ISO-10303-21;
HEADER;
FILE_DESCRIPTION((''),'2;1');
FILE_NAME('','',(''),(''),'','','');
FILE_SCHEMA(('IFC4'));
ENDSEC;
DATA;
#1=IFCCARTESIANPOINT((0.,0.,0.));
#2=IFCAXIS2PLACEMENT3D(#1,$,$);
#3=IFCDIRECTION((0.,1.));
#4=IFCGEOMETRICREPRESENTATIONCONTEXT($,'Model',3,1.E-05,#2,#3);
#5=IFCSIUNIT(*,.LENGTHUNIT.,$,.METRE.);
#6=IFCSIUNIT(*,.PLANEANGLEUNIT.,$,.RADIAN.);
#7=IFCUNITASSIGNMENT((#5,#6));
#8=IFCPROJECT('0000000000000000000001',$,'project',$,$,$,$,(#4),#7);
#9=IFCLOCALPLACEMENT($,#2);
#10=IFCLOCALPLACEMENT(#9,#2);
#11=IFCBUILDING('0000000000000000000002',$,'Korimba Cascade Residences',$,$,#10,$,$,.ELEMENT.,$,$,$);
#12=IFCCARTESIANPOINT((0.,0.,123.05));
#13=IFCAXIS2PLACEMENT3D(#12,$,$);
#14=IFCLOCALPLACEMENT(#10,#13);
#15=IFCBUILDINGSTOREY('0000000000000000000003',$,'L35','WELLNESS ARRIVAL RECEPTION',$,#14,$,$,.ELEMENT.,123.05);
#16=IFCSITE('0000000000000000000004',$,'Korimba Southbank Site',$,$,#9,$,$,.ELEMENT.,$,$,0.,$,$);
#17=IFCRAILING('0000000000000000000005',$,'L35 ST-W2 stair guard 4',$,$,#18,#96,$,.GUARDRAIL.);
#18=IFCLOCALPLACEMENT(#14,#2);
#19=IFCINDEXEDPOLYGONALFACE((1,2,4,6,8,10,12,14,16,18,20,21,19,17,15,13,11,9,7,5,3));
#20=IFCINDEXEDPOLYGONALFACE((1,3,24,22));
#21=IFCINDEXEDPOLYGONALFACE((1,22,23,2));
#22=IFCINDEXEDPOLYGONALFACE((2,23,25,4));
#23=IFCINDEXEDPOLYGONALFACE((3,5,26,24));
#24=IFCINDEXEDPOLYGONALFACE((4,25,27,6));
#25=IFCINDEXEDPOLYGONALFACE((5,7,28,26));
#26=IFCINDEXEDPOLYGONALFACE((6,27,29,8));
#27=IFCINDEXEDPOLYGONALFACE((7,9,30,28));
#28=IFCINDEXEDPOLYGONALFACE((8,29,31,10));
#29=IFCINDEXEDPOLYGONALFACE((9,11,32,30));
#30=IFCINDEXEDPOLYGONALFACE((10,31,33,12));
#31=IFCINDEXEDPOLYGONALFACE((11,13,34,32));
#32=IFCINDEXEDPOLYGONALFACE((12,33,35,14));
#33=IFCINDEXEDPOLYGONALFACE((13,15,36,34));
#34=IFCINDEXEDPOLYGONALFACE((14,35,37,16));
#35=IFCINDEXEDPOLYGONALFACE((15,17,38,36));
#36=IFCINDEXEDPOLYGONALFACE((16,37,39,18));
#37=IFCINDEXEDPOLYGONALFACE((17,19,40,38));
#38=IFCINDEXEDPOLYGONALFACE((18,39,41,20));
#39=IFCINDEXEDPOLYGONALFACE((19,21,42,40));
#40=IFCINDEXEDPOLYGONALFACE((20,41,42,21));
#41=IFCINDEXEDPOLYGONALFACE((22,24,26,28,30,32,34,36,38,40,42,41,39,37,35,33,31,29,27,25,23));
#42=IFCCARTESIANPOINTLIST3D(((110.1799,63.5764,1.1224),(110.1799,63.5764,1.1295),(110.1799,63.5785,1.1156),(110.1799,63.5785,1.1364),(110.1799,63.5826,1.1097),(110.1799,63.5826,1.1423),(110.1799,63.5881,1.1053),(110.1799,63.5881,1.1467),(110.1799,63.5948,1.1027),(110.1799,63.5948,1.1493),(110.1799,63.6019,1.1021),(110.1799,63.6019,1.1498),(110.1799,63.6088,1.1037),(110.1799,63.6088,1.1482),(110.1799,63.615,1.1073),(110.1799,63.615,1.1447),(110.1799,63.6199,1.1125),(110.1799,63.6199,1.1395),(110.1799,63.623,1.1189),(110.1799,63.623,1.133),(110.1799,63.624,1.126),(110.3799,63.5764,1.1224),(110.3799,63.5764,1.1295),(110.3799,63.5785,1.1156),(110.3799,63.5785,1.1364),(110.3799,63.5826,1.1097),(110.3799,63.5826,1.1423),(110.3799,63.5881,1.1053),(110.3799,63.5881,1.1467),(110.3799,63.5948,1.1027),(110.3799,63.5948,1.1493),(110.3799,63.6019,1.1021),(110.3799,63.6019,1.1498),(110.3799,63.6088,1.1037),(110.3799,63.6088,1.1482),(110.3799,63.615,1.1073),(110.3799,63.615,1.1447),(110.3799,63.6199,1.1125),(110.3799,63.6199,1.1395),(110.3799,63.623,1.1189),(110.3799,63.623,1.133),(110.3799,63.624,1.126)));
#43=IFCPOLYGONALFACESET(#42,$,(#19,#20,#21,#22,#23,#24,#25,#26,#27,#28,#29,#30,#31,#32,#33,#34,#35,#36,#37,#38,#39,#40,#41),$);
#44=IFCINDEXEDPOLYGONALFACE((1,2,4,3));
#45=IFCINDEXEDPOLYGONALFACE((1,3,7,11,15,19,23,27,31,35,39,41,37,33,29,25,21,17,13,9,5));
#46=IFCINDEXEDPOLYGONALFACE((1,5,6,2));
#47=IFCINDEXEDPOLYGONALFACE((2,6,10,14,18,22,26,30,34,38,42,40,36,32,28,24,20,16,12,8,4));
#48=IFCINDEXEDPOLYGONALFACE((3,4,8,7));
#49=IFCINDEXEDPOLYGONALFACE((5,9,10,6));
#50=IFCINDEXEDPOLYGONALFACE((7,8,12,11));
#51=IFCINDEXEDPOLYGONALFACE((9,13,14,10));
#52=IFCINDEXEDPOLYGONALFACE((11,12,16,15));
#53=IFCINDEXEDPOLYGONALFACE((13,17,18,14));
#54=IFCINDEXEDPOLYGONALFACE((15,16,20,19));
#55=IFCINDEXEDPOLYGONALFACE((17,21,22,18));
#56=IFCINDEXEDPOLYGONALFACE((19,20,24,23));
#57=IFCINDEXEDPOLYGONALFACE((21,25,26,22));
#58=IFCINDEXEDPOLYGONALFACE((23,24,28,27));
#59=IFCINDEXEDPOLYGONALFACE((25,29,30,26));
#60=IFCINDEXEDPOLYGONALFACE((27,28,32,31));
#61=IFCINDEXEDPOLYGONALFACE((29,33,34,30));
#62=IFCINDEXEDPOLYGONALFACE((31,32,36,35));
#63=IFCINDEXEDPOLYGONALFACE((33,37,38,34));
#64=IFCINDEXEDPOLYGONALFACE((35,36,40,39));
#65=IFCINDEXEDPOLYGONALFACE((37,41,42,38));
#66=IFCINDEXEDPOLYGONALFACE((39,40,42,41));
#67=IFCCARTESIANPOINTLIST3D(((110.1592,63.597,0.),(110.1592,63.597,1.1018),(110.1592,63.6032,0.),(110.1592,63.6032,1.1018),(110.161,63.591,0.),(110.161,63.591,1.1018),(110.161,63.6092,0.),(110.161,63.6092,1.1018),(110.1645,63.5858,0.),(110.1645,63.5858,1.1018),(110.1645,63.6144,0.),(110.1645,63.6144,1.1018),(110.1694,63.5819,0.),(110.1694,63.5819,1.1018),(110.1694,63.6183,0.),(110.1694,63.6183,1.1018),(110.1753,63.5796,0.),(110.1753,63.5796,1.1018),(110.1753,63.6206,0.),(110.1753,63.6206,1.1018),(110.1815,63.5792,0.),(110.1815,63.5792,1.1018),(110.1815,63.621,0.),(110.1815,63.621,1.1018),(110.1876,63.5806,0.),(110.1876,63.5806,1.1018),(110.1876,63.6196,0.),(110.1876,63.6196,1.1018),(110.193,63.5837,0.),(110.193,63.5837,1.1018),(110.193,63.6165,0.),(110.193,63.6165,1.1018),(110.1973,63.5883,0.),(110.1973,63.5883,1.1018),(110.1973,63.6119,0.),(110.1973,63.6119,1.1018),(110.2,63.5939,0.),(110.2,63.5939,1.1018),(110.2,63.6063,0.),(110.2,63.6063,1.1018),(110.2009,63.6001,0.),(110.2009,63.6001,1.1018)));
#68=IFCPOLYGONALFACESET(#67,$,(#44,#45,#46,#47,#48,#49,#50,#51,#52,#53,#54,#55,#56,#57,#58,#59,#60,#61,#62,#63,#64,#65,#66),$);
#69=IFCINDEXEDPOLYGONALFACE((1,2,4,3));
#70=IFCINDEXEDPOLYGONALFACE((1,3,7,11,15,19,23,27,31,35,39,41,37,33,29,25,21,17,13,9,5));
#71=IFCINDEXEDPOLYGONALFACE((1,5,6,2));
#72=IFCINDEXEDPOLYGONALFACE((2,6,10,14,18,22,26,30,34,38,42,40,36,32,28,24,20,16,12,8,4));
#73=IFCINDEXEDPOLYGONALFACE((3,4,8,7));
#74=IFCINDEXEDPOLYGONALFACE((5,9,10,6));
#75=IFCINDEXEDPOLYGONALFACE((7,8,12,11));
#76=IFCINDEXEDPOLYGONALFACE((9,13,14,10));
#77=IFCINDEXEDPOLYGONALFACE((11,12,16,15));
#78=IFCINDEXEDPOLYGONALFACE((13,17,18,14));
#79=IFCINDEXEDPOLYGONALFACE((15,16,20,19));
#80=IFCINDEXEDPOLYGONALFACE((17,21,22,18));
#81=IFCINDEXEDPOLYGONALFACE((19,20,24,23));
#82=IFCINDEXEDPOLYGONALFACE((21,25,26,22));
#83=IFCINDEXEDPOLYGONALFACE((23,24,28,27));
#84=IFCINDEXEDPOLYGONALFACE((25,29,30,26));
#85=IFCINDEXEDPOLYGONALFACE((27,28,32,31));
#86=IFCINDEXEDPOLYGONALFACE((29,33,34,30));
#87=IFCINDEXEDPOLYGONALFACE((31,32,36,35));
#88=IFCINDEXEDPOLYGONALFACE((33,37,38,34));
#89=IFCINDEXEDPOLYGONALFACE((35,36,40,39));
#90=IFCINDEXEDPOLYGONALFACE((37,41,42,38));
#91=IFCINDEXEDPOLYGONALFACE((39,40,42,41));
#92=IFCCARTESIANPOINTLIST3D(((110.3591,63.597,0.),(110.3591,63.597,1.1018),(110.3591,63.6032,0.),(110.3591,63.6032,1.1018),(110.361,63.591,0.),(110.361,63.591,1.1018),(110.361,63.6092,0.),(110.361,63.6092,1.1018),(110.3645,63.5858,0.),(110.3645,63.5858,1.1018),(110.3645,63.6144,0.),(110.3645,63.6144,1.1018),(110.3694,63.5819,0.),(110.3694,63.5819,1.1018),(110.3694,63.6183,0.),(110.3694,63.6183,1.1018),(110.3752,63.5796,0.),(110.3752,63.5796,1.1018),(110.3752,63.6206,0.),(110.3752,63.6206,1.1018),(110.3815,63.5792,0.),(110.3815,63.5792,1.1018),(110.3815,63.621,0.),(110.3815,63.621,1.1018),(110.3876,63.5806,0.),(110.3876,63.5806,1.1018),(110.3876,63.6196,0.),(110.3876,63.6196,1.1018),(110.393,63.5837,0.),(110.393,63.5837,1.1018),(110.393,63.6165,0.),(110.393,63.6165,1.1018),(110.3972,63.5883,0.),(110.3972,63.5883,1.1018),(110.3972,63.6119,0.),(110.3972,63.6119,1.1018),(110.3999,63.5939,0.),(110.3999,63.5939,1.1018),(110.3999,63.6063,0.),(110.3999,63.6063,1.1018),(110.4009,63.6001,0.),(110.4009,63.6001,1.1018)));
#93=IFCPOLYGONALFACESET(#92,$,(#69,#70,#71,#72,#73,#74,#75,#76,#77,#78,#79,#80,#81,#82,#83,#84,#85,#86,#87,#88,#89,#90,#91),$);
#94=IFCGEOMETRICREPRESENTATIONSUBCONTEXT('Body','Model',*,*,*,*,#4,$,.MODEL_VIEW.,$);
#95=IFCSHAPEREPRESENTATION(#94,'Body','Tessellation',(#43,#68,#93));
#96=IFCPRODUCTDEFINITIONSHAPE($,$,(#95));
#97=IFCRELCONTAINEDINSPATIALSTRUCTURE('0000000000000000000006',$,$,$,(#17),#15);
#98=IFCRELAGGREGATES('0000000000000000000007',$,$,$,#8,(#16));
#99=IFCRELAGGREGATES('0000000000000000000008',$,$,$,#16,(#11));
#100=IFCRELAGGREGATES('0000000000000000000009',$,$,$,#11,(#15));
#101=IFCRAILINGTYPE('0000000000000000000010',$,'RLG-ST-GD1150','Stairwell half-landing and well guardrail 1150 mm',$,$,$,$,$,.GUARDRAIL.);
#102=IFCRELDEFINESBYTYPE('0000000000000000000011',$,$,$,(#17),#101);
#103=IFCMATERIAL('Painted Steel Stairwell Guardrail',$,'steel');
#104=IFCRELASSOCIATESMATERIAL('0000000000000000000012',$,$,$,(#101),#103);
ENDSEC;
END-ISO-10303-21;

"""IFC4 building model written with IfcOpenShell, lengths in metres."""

from ifc_helpers import new_model, si_unit, direction, frame, origin, origin_2d, place, context, subcontext, project, spatial, circle, extrude, material, type_object, element, save


model = new_model("IFC4")

# Units and contexts
model_context = context("Model", 3, precision=1e-05, world=origin(), true_north=direction((0.0, 1.0)))
body_context = subcontext(model_context, "Body", "Model", "MODEL_VIEW")
ifc_project = project(units=[si_unit("LENGTHUNIT", "METRE"), si_unit("PLANEANGLEUNIT", "RADIAN")], contexts=[model_context])

# Site, building, storey
site_placement = place(None, origin())
site = spatial("IfcSite", under=ifc_project, at=site_placement, Name="Korimba Southbank Site", CompositionType="ELEMENT", RefElevation=0.0)
building_placement = place(site_placement, origin())
building = spatial("IfcBuilding", under=site, at=building_placement, Name="Korimba Cascade Residences", CompositionType="ELEMENT")
storey_placement = place(building_placement, frame((0.0, 0.0, 123.05)))
storey = spatial("IfcBuildingStorey", under=building, at=storey_placement, Name="L35", Description="WELLNESS ARRIVAL RECEPTION", CompositionType="ELEMENT", Elevation=123.05)

# Railing
ifc_material_1 = material(Name="Painted Steel Stairwell Guardrail", Category="steel")
railing_type_1 = type_object("IfcRailingType", Name="RLG-ST-GD1150", Description="Stairwell half-landing and well guardrail 1150 mm", PredefinedType="GUARDRAIL", material=ifc_material_1)
railing_1_placement = place(storey_placement, frame((110.1799, 63.6001, 0.0)))
element("IfcRailing", 1, at=railing_1_placement, inside=storey, type_object=railing_type_1, Name="L35 ST-W2 stair guard 4", PredefinedType="GUARDRAIL", context=body_context, shape_type="SweptSolid", body=[
    extrude(circle(Radius=0.0239, at=origin_2d()), frame((0.0, 0.0, 1.126), z_axis=(1.0, 0.0, 0.0), x_axis=(0.0, 1.0, 0.0)), (0.0, 0.0, 1.0), 0.2),
    extrude(circle(Radius=0.021, at=origin_2d()), origin(), (0.0, 0.0, 1.0), 1.1018),
    extrude(circle(Radius=0.021, at=origin_2d()), frame((0.2, 0.0, 0.0)), (0.0, 0.0, 1.0), 1.1018),
])

save(model, "model.ifc")
